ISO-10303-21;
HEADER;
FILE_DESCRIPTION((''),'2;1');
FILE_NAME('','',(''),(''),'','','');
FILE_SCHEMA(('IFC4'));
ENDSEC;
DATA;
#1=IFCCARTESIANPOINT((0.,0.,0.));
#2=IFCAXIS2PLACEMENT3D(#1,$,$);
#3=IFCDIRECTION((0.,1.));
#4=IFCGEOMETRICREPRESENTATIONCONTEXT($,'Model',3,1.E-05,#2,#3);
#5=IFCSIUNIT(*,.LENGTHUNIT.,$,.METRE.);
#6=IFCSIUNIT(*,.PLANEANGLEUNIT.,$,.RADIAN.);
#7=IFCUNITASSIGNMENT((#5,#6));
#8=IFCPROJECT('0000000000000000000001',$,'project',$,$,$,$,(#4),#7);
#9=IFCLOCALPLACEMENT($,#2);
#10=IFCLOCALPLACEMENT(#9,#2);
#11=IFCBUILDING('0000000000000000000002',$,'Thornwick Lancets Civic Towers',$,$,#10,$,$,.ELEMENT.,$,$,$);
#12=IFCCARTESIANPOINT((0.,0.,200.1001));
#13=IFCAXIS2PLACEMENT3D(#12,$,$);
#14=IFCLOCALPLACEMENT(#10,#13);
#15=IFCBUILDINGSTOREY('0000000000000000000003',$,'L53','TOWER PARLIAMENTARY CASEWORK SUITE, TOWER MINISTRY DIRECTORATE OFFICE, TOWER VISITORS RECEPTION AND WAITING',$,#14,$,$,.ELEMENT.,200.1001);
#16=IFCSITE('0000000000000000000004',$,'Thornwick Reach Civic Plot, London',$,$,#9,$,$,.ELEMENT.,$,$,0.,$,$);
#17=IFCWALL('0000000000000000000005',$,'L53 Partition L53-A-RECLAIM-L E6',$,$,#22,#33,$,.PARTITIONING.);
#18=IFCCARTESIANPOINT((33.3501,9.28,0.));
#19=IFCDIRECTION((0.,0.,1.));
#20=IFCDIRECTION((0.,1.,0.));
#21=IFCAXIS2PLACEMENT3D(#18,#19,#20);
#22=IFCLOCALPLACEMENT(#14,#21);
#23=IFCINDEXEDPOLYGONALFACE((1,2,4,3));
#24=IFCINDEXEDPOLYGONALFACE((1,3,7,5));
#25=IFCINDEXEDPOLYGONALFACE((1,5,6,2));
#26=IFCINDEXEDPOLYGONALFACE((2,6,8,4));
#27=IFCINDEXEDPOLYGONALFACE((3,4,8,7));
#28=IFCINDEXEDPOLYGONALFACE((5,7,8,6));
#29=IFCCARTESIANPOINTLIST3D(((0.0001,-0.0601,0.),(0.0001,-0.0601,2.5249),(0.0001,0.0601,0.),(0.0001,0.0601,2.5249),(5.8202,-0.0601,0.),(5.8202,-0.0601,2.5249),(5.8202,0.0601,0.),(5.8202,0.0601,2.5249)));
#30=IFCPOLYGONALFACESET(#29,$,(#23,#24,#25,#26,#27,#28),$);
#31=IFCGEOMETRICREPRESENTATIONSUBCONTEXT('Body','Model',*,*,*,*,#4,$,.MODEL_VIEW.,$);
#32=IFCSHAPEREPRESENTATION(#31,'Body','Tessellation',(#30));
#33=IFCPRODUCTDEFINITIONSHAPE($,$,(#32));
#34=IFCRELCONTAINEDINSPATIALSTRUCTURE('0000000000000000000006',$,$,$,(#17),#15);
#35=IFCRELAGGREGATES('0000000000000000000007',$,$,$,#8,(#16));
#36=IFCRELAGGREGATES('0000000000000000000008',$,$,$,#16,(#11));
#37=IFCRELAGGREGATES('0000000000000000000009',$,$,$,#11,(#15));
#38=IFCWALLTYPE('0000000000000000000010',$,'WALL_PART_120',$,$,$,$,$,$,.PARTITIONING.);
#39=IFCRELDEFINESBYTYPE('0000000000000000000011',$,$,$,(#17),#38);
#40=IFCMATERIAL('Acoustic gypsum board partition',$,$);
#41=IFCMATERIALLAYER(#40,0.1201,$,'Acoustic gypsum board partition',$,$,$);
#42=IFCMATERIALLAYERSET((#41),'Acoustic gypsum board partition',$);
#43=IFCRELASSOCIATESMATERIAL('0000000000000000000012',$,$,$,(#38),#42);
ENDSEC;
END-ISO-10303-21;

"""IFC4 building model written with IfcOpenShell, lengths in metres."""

from ifc_helpers import new_model, si_unit, direction, frame, frame_2d, origin, place, context, subcontext, project, spatial, rectangle, extrude, material, layer, layer_set, type_object, element, save


model = new_model("IFC4")

# Units and contexts
model_context = context("Model", 3, precision=1e-05, world=origin(), true_north=direction((0.0, 1.0)))
body_context = subcontext(model_context, "Body", "Model", "MODEL_VIEW")
ifc_project = project(units=[si_unit("LENGTHUNIT", "METRE"), si_unit("PLANEANGLEUNIT", "RADIAN")], contexts=[model_context])

# Site, building, storey
site_placement = place(None, origin())
site = spatial("IfcSite", under=ifc_project, at=site_placement, Name="Thornwick Reach Civic Plot, London", CompositionType="ELEMENT", RefElevation=0.0)
building_placement = place(site_placement, origin())
building = spatial("IfcBuilding", under=site, at=building_placement, Name="Thornwick Lancets Civic Towers", CompositionType="ELEMENT")
storey_placement = place(building_placement, frame((0.0, 0.0, 200.1001)))
storey = spatial("IfcBuildingStorey", under=building, at=storey_placement, Name="L53", Description="TOWER PARLIAMENTARY CASEWORK SUITE, TOWER MINISTRY DIRECTORATE OFFICE, TOWER VISITORS RECEPTION AND WAITING", CompositionType="ELEMENT", Elevation=200.1001)

# Shared definitions
ifc_material_1 = material(Name="Acoustic gypsum board partition")
ifc_layer_1 = layer(ifc_material_1, 0.1201, Name="Acoustic gypsum board partition")
ifc_layer_set_1 = layer_set([ifc_layer_1], Name="Acoustic gypsum board partition")
wall_type_1 = type_object("IfcWallType", Name="WALL_PART_120", PredefinedType="PARTITIONING", material=ifc_layer_set_1)

# Wall
wall_1_placement = place(storey_placement, frame((33.3501, 9.28, 0.0), z_axis=(0.0, 0.0, 1.0), x_axis=(0.0, 1.0, 0.0)))
element("IfcWall", 1, at=wall_1_placement, inside=storey, type_object=wall_type_1, Name="L53 Partition L53-A-RECLAIM-L E6", PredefinedType="PARTITIONING", context=body_context, shape_type="SweptSolid", body=[
    extrude(rectangle(XDim=5.8201, YDim=0.1201, at=frame_2d((2.9102, 0.0))), origin(), (0.0, 0.0, 1.0), 2.5249),
])

save(model, "model.ifc")
